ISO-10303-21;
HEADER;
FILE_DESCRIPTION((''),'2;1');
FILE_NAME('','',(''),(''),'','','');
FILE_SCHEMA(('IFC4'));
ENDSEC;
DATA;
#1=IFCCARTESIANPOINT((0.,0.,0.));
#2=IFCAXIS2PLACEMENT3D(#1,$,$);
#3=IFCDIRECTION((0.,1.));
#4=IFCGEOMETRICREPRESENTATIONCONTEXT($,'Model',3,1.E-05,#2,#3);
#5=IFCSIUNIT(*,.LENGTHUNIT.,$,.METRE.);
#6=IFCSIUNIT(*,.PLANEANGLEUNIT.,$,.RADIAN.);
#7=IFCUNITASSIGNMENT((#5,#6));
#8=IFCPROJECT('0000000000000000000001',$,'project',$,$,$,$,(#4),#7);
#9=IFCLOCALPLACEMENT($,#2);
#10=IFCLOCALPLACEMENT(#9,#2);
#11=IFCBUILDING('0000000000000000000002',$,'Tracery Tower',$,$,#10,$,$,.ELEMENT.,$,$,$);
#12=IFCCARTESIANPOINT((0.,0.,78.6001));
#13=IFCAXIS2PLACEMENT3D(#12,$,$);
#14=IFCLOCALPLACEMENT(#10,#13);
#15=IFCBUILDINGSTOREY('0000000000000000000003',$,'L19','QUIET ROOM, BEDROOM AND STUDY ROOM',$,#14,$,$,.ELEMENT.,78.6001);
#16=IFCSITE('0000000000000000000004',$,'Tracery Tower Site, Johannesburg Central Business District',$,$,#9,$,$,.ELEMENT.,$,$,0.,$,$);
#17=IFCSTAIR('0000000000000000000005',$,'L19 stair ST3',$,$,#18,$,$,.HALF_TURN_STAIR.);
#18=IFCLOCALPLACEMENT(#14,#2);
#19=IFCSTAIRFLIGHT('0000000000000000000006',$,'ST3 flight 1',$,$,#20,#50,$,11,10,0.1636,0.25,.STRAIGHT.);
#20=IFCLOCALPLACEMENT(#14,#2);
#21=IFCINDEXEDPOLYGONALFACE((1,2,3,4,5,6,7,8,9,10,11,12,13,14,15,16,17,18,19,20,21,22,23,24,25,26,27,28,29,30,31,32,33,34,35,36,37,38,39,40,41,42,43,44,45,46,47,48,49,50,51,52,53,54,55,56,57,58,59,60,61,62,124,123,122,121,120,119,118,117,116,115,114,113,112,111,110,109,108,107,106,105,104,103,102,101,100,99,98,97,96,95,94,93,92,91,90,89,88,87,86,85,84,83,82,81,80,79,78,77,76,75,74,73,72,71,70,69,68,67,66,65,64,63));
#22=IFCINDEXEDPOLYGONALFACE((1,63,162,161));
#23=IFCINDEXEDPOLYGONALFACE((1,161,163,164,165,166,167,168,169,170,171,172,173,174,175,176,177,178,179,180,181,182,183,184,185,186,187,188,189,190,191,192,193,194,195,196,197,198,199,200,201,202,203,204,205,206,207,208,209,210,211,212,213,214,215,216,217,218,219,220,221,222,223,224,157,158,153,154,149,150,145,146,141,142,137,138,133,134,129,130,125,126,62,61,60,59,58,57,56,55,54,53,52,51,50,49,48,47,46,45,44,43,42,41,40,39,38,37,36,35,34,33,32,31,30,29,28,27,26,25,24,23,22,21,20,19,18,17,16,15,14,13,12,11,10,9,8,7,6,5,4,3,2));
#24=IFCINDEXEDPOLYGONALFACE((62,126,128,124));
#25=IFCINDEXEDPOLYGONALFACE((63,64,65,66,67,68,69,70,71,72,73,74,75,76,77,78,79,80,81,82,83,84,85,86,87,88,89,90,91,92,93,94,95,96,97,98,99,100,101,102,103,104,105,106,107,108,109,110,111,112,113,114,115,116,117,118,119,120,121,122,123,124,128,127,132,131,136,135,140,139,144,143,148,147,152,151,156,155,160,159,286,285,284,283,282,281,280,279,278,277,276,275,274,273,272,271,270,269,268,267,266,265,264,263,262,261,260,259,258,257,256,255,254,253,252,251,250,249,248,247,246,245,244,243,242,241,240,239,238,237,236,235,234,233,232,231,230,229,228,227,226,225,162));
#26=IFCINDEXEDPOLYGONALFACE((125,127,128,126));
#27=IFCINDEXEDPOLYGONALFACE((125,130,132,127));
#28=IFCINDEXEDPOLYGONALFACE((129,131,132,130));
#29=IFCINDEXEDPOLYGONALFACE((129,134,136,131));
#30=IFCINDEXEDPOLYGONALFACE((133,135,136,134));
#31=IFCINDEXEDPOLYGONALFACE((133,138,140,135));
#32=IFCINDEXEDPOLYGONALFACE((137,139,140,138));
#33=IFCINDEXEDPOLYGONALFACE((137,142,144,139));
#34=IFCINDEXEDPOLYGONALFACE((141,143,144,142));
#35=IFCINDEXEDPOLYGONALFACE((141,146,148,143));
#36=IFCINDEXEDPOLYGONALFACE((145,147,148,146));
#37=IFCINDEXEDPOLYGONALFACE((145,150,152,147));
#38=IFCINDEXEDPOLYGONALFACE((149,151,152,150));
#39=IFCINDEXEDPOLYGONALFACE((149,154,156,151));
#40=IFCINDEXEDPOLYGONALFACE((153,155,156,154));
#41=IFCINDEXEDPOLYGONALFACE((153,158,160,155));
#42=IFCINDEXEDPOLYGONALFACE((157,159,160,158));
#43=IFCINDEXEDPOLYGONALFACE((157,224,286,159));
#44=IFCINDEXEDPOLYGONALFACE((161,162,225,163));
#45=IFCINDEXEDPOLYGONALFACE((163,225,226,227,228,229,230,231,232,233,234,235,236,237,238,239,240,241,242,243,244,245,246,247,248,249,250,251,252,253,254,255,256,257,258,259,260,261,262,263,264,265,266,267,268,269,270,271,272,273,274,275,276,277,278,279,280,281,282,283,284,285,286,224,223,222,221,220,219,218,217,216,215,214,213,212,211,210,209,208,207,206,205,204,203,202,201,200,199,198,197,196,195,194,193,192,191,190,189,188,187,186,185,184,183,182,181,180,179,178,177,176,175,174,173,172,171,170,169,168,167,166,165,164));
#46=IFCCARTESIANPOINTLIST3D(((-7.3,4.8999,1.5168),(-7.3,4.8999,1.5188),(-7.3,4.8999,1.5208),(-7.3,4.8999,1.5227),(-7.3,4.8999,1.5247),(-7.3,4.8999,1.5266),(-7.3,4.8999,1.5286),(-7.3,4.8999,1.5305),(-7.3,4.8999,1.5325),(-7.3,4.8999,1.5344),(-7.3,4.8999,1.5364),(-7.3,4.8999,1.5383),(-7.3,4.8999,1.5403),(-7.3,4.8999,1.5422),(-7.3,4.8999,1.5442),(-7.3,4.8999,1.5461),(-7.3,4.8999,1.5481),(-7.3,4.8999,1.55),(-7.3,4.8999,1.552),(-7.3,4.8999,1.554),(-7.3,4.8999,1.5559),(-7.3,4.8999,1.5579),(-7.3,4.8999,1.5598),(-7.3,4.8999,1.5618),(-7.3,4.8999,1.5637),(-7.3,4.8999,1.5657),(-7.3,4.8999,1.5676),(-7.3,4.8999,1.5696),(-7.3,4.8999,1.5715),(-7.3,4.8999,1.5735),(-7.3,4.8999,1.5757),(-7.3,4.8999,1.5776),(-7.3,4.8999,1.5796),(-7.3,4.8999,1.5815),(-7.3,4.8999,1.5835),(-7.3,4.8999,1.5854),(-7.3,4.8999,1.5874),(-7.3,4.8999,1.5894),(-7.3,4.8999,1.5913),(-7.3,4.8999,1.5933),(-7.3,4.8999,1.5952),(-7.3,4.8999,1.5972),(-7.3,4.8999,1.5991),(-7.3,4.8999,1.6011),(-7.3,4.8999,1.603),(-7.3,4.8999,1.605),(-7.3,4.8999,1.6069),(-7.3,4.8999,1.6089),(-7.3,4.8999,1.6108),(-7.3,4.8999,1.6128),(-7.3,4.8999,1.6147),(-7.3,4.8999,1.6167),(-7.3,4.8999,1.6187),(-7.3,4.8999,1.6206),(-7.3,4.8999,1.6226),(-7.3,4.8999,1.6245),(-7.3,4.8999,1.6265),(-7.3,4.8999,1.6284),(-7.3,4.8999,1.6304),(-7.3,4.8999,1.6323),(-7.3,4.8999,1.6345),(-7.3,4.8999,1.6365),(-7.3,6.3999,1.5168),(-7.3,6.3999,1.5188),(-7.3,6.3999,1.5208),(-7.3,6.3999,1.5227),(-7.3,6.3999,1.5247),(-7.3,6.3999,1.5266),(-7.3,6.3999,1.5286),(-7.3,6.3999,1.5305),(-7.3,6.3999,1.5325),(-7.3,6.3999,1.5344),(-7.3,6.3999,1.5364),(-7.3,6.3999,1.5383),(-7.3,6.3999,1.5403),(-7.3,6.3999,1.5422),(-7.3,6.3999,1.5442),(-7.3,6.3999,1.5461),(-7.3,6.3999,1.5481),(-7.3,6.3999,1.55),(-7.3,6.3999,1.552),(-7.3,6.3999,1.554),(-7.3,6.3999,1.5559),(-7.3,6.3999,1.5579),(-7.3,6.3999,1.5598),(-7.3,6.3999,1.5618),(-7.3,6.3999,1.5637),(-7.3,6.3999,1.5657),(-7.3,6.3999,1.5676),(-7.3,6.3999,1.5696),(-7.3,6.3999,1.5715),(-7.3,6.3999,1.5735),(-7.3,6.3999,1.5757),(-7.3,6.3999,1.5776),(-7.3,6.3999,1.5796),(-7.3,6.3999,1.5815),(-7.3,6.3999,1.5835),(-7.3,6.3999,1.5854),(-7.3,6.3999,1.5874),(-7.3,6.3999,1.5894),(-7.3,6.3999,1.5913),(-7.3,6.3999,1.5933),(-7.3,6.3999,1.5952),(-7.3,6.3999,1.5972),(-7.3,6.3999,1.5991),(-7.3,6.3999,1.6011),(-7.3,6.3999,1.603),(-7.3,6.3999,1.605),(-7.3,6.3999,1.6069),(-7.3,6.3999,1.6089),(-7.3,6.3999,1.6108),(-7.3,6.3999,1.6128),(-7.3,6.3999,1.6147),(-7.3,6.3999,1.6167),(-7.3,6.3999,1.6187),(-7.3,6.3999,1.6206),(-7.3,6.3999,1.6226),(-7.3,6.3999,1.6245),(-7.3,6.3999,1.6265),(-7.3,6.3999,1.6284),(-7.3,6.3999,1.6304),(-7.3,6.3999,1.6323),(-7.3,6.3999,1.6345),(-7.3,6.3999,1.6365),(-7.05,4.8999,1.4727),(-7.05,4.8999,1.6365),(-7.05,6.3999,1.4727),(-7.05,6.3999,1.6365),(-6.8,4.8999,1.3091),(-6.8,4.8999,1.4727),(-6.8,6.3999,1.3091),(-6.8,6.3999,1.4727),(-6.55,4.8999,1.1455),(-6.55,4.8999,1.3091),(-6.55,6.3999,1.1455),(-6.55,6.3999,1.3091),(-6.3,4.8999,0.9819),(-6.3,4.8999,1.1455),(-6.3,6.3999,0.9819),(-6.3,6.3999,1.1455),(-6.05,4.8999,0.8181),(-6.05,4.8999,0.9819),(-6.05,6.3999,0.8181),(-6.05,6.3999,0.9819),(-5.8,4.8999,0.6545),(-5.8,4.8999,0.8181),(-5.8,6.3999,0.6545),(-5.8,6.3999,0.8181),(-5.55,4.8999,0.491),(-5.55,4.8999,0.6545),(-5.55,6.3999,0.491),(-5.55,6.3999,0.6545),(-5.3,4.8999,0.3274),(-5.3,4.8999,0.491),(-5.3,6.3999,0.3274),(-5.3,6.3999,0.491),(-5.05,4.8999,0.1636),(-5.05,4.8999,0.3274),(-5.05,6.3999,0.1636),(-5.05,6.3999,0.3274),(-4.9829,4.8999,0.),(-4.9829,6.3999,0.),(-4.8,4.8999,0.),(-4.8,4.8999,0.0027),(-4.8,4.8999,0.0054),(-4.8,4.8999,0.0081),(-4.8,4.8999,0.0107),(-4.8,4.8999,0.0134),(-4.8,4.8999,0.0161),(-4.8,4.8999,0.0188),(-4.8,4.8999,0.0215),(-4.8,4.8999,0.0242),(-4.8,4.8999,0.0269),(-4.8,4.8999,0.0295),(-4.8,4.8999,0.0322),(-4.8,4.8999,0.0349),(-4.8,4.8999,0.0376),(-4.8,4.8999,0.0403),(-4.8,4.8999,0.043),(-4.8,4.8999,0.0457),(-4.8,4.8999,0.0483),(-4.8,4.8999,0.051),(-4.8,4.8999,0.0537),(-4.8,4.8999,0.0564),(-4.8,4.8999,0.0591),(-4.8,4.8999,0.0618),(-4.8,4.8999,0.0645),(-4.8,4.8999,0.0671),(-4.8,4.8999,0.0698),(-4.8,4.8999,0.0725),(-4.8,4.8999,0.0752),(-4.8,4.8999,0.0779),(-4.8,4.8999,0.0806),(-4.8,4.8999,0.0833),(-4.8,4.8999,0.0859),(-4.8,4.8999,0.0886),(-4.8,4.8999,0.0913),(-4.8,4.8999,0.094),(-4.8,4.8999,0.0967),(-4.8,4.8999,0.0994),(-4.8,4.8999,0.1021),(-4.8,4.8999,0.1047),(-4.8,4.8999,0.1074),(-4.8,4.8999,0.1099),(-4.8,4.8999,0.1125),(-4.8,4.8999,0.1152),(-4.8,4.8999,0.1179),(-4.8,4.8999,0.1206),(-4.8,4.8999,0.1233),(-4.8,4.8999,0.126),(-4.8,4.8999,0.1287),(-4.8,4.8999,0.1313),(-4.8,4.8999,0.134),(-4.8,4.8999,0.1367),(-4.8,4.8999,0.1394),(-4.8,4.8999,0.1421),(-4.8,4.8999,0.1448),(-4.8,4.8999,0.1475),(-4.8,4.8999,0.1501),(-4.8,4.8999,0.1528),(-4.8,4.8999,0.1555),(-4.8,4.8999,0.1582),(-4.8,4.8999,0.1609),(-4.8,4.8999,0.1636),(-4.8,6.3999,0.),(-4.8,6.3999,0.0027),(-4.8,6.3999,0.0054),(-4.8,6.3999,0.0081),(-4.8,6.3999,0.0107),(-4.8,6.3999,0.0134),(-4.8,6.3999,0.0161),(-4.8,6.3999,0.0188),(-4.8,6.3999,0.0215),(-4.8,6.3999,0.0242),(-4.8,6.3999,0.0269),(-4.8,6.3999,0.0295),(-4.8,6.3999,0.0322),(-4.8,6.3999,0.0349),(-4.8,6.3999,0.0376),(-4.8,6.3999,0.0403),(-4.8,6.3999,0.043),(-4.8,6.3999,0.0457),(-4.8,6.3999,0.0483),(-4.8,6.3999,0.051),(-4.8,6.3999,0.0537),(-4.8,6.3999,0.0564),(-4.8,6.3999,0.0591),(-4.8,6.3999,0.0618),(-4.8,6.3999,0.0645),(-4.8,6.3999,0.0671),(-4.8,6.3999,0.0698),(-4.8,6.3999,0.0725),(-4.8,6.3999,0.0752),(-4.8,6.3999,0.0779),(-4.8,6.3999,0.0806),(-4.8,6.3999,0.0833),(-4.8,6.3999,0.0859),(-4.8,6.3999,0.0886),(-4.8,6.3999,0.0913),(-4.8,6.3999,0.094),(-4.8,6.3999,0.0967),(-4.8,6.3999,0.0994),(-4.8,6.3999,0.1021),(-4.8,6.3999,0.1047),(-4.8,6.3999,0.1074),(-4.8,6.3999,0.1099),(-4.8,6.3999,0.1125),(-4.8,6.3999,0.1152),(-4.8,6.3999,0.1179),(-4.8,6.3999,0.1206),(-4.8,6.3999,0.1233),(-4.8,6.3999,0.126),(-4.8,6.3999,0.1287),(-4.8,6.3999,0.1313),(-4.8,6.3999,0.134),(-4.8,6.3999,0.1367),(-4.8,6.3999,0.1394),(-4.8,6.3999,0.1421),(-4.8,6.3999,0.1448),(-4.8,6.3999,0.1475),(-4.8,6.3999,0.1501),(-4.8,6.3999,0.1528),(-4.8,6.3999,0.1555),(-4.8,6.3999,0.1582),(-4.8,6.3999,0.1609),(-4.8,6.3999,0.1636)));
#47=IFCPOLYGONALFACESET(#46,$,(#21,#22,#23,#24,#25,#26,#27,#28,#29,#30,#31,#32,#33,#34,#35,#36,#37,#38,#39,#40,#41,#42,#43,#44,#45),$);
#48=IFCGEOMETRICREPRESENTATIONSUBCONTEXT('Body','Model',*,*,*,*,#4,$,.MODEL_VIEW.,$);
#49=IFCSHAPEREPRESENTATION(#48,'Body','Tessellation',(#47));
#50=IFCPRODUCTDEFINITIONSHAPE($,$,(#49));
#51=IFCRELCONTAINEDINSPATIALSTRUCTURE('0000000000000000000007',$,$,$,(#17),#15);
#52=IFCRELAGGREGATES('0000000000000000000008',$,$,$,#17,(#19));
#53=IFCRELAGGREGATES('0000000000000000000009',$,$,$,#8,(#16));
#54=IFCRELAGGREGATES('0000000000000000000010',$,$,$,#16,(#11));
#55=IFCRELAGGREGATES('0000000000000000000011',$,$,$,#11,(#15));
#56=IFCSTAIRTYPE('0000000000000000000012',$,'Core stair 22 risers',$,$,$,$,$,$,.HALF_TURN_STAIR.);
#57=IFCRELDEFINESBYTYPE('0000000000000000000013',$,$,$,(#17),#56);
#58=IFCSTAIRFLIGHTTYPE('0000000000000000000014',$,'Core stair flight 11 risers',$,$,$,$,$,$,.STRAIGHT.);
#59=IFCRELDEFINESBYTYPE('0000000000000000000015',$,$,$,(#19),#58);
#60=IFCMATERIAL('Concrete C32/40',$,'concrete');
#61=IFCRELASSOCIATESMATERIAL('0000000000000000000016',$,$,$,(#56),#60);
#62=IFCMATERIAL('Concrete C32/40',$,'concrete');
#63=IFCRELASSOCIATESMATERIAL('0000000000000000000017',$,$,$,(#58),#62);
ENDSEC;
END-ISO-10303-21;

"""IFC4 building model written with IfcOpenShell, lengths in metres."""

from ifc_helpers import new_model, si_unit, direction, frame, origin, place, context, subcontext, project, spatial, polyline, outline, extrude, material, type_object, element, aggregate, save


model = new_model("IFC4")

# Units and contexts
model_context = context("Model", 3, precision=1e-05, world=origin(), true_north=direction((0.0, 1.0)))
body_context = subcontext(model_context, "Body", "Model", "MODEL_VIEW")
ifc_project = project(units=[si_unit("LENGTHUNIT", "METRE"), si_unit("PLANEANGLEUNIT", "RADIAN")], contexts=[model_context])

# Site, building, storey
site_placement = place(None, origin())
site = spatial("IfcSite", under=ifc_project, at=site_placement, Name="Tracery Tower Site, Johannesburg Central Business District", CompositionType="ELEMENT", RefElevation=0.0)
building_placement = place(site_placement, origin())
building = spatial("IfcBuilding", under=site, at=building_placement, Name="Tracery Tower", CompositionType="ELEMENT")
storey_placement = place(building_placement, frame((0.0, 0.0, 78.6001)))
storey = spatial("IfcBuildingStorey", under=building, at=storey_placement, Name="L19", Description="QUIET ROOM, BEDROOM AND STUDY ROOM", CompositionType="ELEMENT", Elevation=78.6001)

# Stair
ifc_material_1 = material(Name="Concrete C32/40", Category="concrete")
stair_type = type_object("IfcStairType", Name="Core stair 22 risers", PredefinedType="HALF_TURN_STAIR", material=ifc_material_1)
stair_1_placement = place(storey_placement, origin())
stair_1 = element("IfcStair", 1, at=stair_1_placement, inside=storey, type_object=stair_type, Name="L19 stair ST3", PredefinedType="HALF_TURN_STAIR")

# Stair flight
ifc_material_2 = material(Name="Concrete C32/40", Category="concrete")
stair_flight_type = type_object("IfcStairFlightType", Name="Core stair flight 11 risers", PredefinedType="STRAIGHT", material=ifc_material_2)
stair_flight_1_placement = place(storey_placement, frame((-4.8, 5.6499, 0.0), z_axis=(0.0, 0.0, 1.0), x_axis=(-1.0, 0.0, 0.0)))
stair_flight_1 = element("IfcStairFlight", 2, at=stair_flight_1_placement, type_object=stair_flight_type, Name="ST3 flight 1", NumberOfRisers=11, NumberOfTreads=10, PredefinedType="STRAIGHT", RiserHeight=0.1636, TreadLength=0.25, context=body_context, shape_type="SweptSolid", body=[
    extrude(outline(polyline([(0.0, 0.0), (0.0, 0.0027), (0.0, 0.0054), (0.0, 0.0081), (0.0, 0.0107), (0.0, 0.0134), (0.0, 0.0161), (0.0, 0.0188), (0.0, 0.0215), (0.0, 0.0242), (0.0, 0.0269), (0.0, 0.0295), (0.0, 0.0322), (0.0, 0.0349), (0.0, 0.0376), (0.0, 0.0403), (0.0, 0.043), (0.0, 0.0457), (0.0, 0.0483), (0.0, 0.051), (0.0, 0.0537), (0.0, 0.0564), (0.0, 0.0591), (0.0, 0.0618), (0.0, 0.0645), (0.0, 0.0671), (0.0, 0.0698), (0.0, 0.0725), (0.0, 0.0752), (0.0, 0.0779), (0.0, 0.0806), (0.0, 0.0833), (0.0, 0.0859), (0.0, 0.0886), (0.0, 0.0913), (0.0, 0.094), (0.0, 0.0967), (0.0, 0.0994), (0.0, 0.1021), (0.0, 0.1047), (0.0, 0.1074), (0.0, 0.1099), (0.0, 0.1125), (0.0, 0.1152), (0.0, 0.1179), (0.0, 0.1206), (0.0, 0.1233), (0.0, 0.126), (0.0, 0.1287), (0.0, 0.1313), (0.0, 0.134), (0.0, 0.1367), (0.0, 0.1394), (0.0, 0.1421), (0.0, 0.1448), (0.0, 0.1475), (0.0, 0.1501), (0.0, 0.1528), (0.0, 0.1555), (0.0, 0.1582), (0.0, 0.1609), (0.0, 0.1636), (0.25, 0.1636), (0.25, 0.3274), (0.5, 0.3274), (0.5, 0.491), (0.75, 0.491), (0.75, 0.6545), (1.0, 0.6545), (1.0, 0.8181), (1.25, 0.8181), (1.25, 0.9819), (1.5, 0.9819), (1.5, 1.1455), (1.75, 1.1455), (1.75, 1.3091), (2.0, 1.3091), (2.0, 1.4727), (2.25, 1.4727), (2.25, 1.6365), (2.5, 1.6365), (2.5, 1.6345), (2.5, 1.6323), (2.5, 1.6304), (2.5, 1.6284), (2.5, 1.6265), (2.5, 1.6245), (2.5, 1.6226), (2.5, 1.6206), (2.5, 1.6187), (2.5, 1.6167), (2.5, 1.6147), (2.5, 1.6128), (2.5, 1.6108), (2.5, 1.6089), (2.5, 1.6069), (2.5, 1.605), (2.5, 1.603), (2.5, 1.6011), (2.5, 1.5991), (2.5, 1.5972), (2.5, 1.5952), (2.5, 1.5933), (2.5, 1.5913), (2.5, 1.5894), (2.5, 1.5874), (2.5, 1.5854), (2.5, 1.5835), (2.5, 1.5815), (2.5, 1.5796), (2.5, 1.5776), (2.5, 1.5757), (2.5, 1.5735), (2.5, 1.5715), (2.5, 1.5696), (2.5, 1.5676), (2.5, 1.5657), (2.5, 1.5637), (2.5, 1.5618), (2.5, 1.5598), (2.5, 1.5579), (2.5, 1.5559), (2.5, 1.554), (2.5, 1.552), (2.5, 1.55), (2.5, 1.5481), (2.5, 1.5461), (2.5, 1.5442), (2.5, 1.5422), (2.5, 1.5403), (2.5, 1.5383), (2.5, 1.5364), (2.5, 1.5344), (2.5, 1.5325), (2.5, 1.5305), (2.5, 1.5286), (2.5, 1.5266), (2.5, 1.5247), (2.5, 1.5227), (2.5, 1.5208), (2.5, 1.5188), (2.5, 1.5168), (0.1829, 0.0), (0.0, 0.0)])), frame((0.0, 0.75, 0.0), z_axis=(0.0, -1.0, 0.0), x_axis=(1.0, 0.0, 0.0)), (0.0, 0.0, 1.0), 1.5),
])
aggregate(stair_1, [stair_flight_1])

save(model, "model.ifc")
